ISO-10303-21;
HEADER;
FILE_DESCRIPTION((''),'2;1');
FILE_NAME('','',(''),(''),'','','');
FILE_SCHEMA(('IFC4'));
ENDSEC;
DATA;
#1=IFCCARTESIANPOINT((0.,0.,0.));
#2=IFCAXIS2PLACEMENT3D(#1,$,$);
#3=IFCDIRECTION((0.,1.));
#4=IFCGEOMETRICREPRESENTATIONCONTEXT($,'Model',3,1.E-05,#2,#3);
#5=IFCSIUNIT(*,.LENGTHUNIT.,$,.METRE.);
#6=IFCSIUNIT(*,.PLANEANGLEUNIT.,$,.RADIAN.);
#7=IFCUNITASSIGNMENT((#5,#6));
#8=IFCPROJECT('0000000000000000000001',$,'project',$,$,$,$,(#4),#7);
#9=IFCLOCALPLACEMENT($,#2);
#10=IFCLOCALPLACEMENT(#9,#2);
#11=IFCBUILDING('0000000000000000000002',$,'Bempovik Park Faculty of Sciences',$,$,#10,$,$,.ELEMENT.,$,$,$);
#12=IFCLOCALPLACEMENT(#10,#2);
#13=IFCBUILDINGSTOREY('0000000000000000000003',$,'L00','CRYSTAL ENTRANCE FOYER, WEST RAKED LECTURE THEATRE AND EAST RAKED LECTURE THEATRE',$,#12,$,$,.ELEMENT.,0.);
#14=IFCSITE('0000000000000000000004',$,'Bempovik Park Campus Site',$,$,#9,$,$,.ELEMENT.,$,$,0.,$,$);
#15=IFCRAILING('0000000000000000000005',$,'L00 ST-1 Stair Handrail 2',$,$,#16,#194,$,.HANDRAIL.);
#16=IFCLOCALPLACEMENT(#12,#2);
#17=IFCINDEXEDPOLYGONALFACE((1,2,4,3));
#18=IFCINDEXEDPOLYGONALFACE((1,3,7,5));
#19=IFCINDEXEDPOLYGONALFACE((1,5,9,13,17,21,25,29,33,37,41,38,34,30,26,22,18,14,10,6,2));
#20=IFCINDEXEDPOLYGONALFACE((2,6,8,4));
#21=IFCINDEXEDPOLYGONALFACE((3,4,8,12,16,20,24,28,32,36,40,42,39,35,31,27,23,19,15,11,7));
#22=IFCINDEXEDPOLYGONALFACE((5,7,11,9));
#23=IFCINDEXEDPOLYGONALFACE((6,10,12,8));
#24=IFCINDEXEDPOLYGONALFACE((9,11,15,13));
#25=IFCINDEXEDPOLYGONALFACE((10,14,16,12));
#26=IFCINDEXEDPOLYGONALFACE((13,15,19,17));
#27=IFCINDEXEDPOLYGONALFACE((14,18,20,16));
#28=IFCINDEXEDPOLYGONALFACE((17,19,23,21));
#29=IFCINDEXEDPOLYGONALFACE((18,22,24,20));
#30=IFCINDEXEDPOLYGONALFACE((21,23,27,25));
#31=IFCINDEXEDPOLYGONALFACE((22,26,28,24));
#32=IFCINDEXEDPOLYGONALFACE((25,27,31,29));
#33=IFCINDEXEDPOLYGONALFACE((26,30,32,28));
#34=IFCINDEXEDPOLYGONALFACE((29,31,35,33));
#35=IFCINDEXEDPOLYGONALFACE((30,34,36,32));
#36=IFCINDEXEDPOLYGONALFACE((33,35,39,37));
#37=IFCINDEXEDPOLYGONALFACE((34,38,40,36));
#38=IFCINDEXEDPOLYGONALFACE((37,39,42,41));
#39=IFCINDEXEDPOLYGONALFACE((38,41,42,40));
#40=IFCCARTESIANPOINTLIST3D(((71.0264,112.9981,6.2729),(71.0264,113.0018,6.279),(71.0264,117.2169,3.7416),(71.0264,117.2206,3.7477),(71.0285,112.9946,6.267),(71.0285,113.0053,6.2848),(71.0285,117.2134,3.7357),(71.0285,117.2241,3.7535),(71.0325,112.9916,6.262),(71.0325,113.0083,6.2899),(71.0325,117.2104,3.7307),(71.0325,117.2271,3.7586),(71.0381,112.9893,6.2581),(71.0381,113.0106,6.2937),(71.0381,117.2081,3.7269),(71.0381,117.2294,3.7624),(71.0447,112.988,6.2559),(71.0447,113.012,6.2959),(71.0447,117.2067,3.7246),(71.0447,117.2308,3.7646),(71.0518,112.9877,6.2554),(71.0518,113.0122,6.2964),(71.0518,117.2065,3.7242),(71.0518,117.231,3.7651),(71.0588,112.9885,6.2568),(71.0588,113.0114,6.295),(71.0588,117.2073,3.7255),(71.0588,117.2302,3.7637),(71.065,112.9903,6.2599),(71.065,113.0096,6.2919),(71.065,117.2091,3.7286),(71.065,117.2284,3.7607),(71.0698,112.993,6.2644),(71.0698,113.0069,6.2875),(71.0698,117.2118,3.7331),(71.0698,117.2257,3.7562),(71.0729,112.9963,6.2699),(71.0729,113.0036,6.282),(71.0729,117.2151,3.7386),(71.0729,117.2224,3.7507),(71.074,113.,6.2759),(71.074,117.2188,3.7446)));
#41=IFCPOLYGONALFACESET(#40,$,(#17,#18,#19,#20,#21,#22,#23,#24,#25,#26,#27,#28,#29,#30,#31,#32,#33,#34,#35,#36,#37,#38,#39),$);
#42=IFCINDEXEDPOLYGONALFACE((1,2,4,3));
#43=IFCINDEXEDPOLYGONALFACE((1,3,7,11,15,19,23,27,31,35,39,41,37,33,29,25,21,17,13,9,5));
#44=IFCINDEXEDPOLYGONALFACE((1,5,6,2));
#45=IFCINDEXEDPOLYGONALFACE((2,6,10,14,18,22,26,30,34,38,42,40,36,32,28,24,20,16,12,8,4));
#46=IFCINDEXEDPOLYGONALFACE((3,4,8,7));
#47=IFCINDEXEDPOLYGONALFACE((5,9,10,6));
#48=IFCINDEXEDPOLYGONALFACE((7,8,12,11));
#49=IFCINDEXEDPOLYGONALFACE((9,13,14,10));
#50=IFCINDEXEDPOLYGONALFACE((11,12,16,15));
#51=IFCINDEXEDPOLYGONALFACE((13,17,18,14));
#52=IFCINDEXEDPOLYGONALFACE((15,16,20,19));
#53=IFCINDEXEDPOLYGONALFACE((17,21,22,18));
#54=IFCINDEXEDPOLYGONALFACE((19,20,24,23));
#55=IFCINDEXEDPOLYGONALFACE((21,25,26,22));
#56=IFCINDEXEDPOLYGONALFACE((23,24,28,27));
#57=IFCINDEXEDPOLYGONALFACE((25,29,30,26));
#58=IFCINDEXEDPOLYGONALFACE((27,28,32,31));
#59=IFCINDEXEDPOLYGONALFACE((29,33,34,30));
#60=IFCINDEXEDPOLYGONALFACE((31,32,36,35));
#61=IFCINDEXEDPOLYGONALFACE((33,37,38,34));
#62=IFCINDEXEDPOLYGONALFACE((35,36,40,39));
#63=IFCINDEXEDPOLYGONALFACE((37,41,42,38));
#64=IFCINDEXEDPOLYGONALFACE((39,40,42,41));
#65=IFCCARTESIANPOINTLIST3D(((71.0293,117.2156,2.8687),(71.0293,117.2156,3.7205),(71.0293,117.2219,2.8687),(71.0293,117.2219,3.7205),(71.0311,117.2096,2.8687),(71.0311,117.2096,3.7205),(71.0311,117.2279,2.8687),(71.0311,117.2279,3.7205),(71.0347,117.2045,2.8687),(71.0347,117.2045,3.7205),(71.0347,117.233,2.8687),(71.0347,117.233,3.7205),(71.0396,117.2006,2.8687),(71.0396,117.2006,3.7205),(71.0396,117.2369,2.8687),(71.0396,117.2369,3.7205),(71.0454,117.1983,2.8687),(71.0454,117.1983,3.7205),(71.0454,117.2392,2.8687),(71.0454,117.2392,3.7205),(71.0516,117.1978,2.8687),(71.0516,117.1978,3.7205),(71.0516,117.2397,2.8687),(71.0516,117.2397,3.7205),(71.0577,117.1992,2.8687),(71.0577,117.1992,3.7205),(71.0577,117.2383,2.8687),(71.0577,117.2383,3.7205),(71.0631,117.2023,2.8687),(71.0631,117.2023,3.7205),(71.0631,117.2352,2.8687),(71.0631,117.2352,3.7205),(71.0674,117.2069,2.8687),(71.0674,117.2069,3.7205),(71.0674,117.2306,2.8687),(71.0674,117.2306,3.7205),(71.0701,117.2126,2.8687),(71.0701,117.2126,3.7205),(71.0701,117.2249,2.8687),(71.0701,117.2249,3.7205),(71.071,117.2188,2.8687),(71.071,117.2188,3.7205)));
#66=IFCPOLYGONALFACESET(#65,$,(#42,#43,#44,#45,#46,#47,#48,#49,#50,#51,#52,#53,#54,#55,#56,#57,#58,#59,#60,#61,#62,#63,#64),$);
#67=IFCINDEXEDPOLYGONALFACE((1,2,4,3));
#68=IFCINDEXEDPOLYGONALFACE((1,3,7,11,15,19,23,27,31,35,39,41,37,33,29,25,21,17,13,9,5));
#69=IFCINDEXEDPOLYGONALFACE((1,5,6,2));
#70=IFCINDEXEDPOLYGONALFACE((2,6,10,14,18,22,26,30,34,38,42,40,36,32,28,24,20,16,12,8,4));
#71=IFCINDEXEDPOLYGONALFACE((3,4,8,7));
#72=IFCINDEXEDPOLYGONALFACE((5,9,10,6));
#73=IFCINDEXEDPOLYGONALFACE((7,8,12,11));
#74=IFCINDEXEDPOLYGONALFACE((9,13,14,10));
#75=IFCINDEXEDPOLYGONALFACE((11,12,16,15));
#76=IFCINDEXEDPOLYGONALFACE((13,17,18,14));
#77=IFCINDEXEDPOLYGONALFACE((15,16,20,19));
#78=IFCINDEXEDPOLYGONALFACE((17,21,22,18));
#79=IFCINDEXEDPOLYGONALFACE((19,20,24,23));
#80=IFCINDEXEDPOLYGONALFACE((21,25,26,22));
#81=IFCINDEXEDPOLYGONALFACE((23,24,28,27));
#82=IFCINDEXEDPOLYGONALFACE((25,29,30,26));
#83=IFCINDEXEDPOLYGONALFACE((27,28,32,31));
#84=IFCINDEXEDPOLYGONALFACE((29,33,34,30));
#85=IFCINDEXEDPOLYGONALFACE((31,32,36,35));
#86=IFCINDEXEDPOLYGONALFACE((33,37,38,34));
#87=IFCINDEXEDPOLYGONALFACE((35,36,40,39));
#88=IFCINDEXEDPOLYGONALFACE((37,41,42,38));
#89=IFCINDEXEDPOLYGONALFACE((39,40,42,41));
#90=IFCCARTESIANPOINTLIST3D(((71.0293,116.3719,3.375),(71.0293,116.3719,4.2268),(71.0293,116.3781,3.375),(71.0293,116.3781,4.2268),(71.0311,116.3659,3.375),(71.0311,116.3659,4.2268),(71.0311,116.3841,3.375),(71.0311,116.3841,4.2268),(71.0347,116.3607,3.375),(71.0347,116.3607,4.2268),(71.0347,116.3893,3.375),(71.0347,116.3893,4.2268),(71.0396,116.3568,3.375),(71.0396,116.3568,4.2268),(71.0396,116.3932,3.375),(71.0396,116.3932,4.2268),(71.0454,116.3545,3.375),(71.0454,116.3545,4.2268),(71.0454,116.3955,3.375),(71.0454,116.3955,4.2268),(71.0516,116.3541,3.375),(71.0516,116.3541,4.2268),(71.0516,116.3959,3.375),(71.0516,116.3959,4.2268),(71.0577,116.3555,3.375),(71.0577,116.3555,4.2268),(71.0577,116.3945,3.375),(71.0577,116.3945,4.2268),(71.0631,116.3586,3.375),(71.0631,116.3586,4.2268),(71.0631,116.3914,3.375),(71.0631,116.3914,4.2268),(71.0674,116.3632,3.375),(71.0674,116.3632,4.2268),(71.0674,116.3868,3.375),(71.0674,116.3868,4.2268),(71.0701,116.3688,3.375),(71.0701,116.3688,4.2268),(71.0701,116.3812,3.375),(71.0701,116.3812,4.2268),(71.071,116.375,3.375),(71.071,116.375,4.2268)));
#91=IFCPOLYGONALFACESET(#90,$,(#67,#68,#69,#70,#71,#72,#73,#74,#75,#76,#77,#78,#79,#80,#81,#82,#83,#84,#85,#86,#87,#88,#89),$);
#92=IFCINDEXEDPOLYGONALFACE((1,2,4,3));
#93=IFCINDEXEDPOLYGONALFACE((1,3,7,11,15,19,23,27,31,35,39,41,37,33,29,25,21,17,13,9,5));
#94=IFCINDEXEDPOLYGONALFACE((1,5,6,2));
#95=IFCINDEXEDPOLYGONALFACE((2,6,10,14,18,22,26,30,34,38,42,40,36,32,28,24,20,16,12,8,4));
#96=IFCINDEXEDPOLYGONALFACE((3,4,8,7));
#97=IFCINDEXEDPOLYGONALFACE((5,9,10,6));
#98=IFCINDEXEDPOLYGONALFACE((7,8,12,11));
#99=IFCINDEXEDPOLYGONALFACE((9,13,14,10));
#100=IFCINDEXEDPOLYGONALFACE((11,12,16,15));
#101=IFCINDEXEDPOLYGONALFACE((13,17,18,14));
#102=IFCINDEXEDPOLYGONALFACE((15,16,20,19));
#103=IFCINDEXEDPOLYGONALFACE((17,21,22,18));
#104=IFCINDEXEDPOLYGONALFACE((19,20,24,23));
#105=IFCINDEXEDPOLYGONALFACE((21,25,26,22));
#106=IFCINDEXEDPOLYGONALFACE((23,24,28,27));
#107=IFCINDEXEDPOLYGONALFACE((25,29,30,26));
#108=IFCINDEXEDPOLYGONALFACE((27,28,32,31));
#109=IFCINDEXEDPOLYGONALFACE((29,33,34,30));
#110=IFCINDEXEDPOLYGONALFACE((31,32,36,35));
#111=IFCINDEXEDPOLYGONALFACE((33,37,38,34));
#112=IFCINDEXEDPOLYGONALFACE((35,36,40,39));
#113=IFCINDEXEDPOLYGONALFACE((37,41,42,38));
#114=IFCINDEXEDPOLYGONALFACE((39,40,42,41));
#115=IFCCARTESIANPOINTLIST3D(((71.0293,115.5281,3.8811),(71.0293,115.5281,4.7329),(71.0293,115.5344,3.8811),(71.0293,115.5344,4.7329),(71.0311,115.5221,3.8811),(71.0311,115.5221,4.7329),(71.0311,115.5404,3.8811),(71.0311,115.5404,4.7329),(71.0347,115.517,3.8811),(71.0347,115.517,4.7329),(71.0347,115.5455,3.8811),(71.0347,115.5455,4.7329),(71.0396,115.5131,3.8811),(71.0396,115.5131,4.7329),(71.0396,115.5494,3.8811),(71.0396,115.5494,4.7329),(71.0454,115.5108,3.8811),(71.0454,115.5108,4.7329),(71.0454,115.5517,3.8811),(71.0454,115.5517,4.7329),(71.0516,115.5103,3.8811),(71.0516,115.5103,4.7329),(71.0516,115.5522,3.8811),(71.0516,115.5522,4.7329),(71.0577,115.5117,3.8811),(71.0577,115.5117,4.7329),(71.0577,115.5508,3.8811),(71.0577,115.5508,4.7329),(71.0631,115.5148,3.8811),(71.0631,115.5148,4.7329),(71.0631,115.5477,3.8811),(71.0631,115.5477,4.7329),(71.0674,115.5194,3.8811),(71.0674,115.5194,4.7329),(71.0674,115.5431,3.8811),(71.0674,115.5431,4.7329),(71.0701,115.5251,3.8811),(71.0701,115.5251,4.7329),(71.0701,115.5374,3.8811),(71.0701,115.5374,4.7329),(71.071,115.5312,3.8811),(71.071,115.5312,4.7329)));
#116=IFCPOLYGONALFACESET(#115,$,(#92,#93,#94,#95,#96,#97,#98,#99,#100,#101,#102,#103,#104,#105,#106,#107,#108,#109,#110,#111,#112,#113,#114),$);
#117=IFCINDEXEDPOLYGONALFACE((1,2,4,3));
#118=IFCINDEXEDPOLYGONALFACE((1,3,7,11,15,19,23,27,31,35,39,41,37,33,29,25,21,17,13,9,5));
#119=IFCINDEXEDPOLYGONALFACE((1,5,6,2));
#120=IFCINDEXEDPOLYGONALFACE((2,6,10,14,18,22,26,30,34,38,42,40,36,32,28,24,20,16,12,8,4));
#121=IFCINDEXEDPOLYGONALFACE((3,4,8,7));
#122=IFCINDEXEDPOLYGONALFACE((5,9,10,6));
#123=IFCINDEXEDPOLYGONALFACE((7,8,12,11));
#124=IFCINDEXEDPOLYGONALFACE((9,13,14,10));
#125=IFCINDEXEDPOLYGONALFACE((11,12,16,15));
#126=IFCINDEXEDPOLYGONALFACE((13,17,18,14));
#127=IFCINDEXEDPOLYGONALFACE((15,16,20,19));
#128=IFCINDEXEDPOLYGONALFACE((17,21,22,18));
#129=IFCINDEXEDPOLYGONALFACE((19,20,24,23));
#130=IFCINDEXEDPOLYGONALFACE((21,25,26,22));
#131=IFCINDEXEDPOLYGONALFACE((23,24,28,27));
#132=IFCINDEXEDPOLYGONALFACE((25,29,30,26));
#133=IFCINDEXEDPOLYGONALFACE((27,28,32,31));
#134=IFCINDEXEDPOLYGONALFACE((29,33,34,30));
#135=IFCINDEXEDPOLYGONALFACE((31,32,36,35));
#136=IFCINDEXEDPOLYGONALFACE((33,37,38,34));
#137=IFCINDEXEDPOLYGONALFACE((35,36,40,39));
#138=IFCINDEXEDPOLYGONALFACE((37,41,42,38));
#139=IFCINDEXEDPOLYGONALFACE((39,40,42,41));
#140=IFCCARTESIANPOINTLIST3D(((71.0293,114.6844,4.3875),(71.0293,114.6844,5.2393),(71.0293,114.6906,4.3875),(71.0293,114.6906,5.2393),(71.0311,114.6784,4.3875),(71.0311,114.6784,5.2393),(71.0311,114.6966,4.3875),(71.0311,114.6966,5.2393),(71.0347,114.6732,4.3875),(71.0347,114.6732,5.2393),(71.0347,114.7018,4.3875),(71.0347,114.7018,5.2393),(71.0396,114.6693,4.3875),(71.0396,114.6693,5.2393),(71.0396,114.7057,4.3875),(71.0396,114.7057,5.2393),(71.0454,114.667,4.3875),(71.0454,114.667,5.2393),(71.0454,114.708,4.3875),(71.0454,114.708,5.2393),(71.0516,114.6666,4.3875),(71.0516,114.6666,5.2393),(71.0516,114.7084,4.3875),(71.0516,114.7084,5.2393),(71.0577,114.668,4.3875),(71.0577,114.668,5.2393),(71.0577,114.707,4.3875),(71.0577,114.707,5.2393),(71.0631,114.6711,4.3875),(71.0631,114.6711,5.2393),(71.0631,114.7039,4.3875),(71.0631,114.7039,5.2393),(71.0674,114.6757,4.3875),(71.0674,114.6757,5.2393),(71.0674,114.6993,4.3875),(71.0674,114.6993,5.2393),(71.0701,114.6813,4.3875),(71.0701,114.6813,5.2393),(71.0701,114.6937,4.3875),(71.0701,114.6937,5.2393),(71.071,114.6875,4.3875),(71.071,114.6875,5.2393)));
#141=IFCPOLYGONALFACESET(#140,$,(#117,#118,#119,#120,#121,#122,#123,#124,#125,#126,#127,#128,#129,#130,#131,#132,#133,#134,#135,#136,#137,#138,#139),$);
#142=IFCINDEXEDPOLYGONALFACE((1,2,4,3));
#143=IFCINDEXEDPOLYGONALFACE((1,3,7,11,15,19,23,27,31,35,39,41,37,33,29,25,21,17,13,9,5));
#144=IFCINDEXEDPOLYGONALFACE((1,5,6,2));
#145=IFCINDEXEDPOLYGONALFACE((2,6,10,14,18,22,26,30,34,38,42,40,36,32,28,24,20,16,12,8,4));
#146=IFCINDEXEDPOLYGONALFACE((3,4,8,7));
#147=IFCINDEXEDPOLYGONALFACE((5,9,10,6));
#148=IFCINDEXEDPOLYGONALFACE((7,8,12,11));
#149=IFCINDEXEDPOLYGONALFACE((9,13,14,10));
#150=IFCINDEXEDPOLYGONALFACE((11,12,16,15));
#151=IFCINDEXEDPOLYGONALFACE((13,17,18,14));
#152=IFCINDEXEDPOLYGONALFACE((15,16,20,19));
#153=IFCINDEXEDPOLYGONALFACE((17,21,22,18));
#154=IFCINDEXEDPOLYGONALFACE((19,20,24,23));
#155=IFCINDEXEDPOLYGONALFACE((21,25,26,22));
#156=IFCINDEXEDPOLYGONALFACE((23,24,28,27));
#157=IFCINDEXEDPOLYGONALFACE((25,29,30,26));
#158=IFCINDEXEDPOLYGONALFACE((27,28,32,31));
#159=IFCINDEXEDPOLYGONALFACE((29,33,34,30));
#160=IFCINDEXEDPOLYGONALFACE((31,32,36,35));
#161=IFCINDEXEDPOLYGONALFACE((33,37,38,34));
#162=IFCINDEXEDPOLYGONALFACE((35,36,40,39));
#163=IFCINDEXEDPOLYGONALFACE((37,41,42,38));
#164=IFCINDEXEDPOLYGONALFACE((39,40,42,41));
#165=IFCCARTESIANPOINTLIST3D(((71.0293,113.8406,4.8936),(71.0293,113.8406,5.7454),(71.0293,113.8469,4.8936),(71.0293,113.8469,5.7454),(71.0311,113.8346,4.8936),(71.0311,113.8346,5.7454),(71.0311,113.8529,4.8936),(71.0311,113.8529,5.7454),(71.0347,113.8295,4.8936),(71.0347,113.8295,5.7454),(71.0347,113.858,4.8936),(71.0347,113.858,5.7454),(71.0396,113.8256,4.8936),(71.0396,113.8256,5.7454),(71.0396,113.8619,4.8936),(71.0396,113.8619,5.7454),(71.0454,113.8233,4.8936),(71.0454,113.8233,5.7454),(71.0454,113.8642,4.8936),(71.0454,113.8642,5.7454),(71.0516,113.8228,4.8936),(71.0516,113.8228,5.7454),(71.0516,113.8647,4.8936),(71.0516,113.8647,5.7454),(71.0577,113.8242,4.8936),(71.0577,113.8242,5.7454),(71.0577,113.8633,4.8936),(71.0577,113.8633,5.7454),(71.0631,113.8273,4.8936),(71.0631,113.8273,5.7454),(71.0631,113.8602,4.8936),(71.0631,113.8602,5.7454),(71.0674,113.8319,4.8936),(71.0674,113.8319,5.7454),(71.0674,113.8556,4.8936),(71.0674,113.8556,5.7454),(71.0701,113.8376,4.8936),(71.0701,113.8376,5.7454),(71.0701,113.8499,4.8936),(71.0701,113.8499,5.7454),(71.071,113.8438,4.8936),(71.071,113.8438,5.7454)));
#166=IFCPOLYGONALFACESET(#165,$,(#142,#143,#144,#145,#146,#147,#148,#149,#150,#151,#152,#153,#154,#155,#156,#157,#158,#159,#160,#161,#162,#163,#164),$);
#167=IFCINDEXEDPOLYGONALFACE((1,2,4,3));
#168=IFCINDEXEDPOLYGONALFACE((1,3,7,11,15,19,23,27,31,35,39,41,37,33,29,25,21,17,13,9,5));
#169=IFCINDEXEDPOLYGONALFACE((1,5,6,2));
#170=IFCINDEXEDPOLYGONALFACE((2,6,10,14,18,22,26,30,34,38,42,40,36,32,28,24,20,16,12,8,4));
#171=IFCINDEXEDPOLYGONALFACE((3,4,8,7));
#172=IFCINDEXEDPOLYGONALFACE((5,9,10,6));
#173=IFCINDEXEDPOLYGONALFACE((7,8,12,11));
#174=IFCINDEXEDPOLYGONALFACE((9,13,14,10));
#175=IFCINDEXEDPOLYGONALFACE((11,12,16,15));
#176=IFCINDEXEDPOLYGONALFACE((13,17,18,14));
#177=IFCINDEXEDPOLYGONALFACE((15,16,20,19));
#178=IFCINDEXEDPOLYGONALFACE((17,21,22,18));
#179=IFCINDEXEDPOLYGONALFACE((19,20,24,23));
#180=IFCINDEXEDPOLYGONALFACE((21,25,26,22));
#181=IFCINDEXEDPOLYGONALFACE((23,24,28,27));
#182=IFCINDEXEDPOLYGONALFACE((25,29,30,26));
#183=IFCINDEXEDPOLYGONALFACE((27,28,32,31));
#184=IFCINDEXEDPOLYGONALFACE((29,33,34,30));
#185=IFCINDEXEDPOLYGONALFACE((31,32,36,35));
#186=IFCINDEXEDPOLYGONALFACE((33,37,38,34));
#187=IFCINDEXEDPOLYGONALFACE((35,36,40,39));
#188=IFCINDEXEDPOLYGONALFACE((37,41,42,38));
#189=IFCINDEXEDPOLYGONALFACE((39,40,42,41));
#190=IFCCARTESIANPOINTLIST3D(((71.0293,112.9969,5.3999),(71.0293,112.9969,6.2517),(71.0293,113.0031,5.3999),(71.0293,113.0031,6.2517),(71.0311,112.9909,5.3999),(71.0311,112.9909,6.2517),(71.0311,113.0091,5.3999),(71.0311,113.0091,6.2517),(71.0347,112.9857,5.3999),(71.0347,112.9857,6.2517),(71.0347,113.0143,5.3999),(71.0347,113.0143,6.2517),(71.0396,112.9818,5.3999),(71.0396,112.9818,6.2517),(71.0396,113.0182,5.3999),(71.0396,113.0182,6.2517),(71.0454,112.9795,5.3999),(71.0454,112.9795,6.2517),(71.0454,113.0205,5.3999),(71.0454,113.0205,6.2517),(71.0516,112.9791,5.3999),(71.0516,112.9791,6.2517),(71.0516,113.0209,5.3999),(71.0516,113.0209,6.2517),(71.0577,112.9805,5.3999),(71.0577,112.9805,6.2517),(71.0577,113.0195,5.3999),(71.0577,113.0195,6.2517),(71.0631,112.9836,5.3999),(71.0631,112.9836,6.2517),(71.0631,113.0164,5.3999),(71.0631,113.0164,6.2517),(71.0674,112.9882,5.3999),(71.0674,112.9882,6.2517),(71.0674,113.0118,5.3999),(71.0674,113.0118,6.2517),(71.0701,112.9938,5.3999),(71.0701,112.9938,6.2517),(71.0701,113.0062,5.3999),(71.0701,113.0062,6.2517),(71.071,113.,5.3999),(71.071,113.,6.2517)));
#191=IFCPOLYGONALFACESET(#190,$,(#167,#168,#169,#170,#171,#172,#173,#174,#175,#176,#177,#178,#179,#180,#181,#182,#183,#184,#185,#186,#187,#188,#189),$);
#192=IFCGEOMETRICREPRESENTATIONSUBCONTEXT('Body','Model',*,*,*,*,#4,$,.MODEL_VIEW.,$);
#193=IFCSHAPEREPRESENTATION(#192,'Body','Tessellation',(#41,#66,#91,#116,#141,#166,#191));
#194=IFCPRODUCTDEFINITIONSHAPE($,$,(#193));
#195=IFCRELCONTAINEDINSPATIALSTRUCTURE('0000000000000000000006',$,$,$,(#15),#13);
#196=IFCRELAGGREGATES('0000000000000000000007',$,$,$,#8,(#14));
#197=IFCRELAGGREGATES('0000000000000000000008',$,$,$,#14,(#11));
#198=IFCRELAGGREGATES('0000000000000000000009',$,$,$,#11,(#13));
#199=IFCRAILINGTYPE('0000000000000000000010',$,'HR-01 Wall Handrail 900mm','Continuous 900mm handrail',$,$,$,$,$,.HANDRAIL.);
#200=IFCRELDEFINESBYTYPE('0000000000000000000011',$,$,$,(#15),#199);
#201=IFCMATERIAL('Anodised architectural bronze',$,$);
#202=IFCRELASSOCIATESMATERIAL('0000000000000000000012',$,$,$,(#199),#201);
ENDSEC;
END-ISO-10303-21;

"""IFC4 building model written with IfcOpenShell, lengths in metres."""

from ifc_helpers import new_model, si_unit, direction, frame, origin, origin_2d, place, context, subcontext, project, spatial, circle, extrude, material, type_object, element, save


model = new_model("IFC4")

# Units and contexts
model_context = context("Model", 3, precision=1e-05, world=origin(), true_north=direction((0.0, 1.0)))
body_context = subcontext(model_context, "Body", "Model", "MODEL_VIEW")
ifc_project = project(units=[si_unit("LENGTHUNIT", "METRE"), si_unit("PLANEANGLEUNIT", "RADIAN")], contexts=[model_context])

# Site, building, storey
site_placement = place(None, origin())
site = spatial("IfcSite", under=ifc_project, at=site_placement, Name="Bempovik Park Campus Site", CompositionType="ELEMENT", RefElevation=0.0)
building_placement = place(site_placement, origin())
building = spatial("IfcBuilding", under=site, at=building_placement, Name="Bempovik Park Faculty of Sciences", CompositionType="ELEMENT")
storey_placement = place(building_placement, origin())
storey = spatial("IfcBuildingStorey", under=building, at=storey_placement, Name="L00", Description="CRYSTAL ENTRANCE FOYER, WEST RAKED LECTURE THEATRE AND EAST RAKED LECTURE THEATRE", CompositionType="ELEMENT", Elevation=0.0)

# Railing
ifc_material_1 = material(Name="Anodised architectural bronze")
railing_type_1 = type_object("IfcRailingType", Name="HR-01 Wall Handrail 900mm", Description="Continuous 900mm handrail", PredefinedType="HANDRAIL", material=ifc_material_1)
railing_1_placement = place(storey_placement, frame((71.05, 117.2188, 2.8687)))
element("IfcRailing", 1, at=railing_1_placement, inside=storey, type_object=railing_type_1, Name="L00 ST-1 Stair Handrail 2", PredefinedType="HANDRAIL", context=body_context, shape_type="SweptSolid", body=[
    extrude(circle(Radius=0.0239, at=origin_2d()), frame((0.0, 0.0, 0.876), z_axis=(0.0, -0.857493, 0.514496), x_axis=(1.0, 0.0, 0.0)), (0.0, 0.0, 1.0), 4.9199),
    extrude(circle(Radius=0.021, at=origin_2d()), origin(), (0.0, 0.0, 1.0), 0.8518),
    extrude(circle(Radius=0.021, at=origin_2d()), frame((0.0, -0.8438, 0.5063)), (0.0, 0.0, 1.0), 0.8518),
    extrude(circle(Radius=0.021, at=origin_2d()), frame((0.0, -1.6875, 1.0125)), (0.0, 0.0, 1.0), 0.8518),
    extrude(circle(Radius=0.021, at=origin_2d()), frame((0.0, -2.5312, 1.5188)), (0.0, 0.0, 1.0), 0.8518),
    extrude(circle(Radius=0.021, at=origin_2d()), frame((0.0, -3.375, 2.0249)), (0.0, 0.0, 1.0), 0.8518),
    extrude(circle(Radius=0.021, at=origin_2d()), frame((0.0, -4.2188, 2.5312)), (0.0, 0.0, 1.0), 0.8518),
])

save(model, "model.ifc")
